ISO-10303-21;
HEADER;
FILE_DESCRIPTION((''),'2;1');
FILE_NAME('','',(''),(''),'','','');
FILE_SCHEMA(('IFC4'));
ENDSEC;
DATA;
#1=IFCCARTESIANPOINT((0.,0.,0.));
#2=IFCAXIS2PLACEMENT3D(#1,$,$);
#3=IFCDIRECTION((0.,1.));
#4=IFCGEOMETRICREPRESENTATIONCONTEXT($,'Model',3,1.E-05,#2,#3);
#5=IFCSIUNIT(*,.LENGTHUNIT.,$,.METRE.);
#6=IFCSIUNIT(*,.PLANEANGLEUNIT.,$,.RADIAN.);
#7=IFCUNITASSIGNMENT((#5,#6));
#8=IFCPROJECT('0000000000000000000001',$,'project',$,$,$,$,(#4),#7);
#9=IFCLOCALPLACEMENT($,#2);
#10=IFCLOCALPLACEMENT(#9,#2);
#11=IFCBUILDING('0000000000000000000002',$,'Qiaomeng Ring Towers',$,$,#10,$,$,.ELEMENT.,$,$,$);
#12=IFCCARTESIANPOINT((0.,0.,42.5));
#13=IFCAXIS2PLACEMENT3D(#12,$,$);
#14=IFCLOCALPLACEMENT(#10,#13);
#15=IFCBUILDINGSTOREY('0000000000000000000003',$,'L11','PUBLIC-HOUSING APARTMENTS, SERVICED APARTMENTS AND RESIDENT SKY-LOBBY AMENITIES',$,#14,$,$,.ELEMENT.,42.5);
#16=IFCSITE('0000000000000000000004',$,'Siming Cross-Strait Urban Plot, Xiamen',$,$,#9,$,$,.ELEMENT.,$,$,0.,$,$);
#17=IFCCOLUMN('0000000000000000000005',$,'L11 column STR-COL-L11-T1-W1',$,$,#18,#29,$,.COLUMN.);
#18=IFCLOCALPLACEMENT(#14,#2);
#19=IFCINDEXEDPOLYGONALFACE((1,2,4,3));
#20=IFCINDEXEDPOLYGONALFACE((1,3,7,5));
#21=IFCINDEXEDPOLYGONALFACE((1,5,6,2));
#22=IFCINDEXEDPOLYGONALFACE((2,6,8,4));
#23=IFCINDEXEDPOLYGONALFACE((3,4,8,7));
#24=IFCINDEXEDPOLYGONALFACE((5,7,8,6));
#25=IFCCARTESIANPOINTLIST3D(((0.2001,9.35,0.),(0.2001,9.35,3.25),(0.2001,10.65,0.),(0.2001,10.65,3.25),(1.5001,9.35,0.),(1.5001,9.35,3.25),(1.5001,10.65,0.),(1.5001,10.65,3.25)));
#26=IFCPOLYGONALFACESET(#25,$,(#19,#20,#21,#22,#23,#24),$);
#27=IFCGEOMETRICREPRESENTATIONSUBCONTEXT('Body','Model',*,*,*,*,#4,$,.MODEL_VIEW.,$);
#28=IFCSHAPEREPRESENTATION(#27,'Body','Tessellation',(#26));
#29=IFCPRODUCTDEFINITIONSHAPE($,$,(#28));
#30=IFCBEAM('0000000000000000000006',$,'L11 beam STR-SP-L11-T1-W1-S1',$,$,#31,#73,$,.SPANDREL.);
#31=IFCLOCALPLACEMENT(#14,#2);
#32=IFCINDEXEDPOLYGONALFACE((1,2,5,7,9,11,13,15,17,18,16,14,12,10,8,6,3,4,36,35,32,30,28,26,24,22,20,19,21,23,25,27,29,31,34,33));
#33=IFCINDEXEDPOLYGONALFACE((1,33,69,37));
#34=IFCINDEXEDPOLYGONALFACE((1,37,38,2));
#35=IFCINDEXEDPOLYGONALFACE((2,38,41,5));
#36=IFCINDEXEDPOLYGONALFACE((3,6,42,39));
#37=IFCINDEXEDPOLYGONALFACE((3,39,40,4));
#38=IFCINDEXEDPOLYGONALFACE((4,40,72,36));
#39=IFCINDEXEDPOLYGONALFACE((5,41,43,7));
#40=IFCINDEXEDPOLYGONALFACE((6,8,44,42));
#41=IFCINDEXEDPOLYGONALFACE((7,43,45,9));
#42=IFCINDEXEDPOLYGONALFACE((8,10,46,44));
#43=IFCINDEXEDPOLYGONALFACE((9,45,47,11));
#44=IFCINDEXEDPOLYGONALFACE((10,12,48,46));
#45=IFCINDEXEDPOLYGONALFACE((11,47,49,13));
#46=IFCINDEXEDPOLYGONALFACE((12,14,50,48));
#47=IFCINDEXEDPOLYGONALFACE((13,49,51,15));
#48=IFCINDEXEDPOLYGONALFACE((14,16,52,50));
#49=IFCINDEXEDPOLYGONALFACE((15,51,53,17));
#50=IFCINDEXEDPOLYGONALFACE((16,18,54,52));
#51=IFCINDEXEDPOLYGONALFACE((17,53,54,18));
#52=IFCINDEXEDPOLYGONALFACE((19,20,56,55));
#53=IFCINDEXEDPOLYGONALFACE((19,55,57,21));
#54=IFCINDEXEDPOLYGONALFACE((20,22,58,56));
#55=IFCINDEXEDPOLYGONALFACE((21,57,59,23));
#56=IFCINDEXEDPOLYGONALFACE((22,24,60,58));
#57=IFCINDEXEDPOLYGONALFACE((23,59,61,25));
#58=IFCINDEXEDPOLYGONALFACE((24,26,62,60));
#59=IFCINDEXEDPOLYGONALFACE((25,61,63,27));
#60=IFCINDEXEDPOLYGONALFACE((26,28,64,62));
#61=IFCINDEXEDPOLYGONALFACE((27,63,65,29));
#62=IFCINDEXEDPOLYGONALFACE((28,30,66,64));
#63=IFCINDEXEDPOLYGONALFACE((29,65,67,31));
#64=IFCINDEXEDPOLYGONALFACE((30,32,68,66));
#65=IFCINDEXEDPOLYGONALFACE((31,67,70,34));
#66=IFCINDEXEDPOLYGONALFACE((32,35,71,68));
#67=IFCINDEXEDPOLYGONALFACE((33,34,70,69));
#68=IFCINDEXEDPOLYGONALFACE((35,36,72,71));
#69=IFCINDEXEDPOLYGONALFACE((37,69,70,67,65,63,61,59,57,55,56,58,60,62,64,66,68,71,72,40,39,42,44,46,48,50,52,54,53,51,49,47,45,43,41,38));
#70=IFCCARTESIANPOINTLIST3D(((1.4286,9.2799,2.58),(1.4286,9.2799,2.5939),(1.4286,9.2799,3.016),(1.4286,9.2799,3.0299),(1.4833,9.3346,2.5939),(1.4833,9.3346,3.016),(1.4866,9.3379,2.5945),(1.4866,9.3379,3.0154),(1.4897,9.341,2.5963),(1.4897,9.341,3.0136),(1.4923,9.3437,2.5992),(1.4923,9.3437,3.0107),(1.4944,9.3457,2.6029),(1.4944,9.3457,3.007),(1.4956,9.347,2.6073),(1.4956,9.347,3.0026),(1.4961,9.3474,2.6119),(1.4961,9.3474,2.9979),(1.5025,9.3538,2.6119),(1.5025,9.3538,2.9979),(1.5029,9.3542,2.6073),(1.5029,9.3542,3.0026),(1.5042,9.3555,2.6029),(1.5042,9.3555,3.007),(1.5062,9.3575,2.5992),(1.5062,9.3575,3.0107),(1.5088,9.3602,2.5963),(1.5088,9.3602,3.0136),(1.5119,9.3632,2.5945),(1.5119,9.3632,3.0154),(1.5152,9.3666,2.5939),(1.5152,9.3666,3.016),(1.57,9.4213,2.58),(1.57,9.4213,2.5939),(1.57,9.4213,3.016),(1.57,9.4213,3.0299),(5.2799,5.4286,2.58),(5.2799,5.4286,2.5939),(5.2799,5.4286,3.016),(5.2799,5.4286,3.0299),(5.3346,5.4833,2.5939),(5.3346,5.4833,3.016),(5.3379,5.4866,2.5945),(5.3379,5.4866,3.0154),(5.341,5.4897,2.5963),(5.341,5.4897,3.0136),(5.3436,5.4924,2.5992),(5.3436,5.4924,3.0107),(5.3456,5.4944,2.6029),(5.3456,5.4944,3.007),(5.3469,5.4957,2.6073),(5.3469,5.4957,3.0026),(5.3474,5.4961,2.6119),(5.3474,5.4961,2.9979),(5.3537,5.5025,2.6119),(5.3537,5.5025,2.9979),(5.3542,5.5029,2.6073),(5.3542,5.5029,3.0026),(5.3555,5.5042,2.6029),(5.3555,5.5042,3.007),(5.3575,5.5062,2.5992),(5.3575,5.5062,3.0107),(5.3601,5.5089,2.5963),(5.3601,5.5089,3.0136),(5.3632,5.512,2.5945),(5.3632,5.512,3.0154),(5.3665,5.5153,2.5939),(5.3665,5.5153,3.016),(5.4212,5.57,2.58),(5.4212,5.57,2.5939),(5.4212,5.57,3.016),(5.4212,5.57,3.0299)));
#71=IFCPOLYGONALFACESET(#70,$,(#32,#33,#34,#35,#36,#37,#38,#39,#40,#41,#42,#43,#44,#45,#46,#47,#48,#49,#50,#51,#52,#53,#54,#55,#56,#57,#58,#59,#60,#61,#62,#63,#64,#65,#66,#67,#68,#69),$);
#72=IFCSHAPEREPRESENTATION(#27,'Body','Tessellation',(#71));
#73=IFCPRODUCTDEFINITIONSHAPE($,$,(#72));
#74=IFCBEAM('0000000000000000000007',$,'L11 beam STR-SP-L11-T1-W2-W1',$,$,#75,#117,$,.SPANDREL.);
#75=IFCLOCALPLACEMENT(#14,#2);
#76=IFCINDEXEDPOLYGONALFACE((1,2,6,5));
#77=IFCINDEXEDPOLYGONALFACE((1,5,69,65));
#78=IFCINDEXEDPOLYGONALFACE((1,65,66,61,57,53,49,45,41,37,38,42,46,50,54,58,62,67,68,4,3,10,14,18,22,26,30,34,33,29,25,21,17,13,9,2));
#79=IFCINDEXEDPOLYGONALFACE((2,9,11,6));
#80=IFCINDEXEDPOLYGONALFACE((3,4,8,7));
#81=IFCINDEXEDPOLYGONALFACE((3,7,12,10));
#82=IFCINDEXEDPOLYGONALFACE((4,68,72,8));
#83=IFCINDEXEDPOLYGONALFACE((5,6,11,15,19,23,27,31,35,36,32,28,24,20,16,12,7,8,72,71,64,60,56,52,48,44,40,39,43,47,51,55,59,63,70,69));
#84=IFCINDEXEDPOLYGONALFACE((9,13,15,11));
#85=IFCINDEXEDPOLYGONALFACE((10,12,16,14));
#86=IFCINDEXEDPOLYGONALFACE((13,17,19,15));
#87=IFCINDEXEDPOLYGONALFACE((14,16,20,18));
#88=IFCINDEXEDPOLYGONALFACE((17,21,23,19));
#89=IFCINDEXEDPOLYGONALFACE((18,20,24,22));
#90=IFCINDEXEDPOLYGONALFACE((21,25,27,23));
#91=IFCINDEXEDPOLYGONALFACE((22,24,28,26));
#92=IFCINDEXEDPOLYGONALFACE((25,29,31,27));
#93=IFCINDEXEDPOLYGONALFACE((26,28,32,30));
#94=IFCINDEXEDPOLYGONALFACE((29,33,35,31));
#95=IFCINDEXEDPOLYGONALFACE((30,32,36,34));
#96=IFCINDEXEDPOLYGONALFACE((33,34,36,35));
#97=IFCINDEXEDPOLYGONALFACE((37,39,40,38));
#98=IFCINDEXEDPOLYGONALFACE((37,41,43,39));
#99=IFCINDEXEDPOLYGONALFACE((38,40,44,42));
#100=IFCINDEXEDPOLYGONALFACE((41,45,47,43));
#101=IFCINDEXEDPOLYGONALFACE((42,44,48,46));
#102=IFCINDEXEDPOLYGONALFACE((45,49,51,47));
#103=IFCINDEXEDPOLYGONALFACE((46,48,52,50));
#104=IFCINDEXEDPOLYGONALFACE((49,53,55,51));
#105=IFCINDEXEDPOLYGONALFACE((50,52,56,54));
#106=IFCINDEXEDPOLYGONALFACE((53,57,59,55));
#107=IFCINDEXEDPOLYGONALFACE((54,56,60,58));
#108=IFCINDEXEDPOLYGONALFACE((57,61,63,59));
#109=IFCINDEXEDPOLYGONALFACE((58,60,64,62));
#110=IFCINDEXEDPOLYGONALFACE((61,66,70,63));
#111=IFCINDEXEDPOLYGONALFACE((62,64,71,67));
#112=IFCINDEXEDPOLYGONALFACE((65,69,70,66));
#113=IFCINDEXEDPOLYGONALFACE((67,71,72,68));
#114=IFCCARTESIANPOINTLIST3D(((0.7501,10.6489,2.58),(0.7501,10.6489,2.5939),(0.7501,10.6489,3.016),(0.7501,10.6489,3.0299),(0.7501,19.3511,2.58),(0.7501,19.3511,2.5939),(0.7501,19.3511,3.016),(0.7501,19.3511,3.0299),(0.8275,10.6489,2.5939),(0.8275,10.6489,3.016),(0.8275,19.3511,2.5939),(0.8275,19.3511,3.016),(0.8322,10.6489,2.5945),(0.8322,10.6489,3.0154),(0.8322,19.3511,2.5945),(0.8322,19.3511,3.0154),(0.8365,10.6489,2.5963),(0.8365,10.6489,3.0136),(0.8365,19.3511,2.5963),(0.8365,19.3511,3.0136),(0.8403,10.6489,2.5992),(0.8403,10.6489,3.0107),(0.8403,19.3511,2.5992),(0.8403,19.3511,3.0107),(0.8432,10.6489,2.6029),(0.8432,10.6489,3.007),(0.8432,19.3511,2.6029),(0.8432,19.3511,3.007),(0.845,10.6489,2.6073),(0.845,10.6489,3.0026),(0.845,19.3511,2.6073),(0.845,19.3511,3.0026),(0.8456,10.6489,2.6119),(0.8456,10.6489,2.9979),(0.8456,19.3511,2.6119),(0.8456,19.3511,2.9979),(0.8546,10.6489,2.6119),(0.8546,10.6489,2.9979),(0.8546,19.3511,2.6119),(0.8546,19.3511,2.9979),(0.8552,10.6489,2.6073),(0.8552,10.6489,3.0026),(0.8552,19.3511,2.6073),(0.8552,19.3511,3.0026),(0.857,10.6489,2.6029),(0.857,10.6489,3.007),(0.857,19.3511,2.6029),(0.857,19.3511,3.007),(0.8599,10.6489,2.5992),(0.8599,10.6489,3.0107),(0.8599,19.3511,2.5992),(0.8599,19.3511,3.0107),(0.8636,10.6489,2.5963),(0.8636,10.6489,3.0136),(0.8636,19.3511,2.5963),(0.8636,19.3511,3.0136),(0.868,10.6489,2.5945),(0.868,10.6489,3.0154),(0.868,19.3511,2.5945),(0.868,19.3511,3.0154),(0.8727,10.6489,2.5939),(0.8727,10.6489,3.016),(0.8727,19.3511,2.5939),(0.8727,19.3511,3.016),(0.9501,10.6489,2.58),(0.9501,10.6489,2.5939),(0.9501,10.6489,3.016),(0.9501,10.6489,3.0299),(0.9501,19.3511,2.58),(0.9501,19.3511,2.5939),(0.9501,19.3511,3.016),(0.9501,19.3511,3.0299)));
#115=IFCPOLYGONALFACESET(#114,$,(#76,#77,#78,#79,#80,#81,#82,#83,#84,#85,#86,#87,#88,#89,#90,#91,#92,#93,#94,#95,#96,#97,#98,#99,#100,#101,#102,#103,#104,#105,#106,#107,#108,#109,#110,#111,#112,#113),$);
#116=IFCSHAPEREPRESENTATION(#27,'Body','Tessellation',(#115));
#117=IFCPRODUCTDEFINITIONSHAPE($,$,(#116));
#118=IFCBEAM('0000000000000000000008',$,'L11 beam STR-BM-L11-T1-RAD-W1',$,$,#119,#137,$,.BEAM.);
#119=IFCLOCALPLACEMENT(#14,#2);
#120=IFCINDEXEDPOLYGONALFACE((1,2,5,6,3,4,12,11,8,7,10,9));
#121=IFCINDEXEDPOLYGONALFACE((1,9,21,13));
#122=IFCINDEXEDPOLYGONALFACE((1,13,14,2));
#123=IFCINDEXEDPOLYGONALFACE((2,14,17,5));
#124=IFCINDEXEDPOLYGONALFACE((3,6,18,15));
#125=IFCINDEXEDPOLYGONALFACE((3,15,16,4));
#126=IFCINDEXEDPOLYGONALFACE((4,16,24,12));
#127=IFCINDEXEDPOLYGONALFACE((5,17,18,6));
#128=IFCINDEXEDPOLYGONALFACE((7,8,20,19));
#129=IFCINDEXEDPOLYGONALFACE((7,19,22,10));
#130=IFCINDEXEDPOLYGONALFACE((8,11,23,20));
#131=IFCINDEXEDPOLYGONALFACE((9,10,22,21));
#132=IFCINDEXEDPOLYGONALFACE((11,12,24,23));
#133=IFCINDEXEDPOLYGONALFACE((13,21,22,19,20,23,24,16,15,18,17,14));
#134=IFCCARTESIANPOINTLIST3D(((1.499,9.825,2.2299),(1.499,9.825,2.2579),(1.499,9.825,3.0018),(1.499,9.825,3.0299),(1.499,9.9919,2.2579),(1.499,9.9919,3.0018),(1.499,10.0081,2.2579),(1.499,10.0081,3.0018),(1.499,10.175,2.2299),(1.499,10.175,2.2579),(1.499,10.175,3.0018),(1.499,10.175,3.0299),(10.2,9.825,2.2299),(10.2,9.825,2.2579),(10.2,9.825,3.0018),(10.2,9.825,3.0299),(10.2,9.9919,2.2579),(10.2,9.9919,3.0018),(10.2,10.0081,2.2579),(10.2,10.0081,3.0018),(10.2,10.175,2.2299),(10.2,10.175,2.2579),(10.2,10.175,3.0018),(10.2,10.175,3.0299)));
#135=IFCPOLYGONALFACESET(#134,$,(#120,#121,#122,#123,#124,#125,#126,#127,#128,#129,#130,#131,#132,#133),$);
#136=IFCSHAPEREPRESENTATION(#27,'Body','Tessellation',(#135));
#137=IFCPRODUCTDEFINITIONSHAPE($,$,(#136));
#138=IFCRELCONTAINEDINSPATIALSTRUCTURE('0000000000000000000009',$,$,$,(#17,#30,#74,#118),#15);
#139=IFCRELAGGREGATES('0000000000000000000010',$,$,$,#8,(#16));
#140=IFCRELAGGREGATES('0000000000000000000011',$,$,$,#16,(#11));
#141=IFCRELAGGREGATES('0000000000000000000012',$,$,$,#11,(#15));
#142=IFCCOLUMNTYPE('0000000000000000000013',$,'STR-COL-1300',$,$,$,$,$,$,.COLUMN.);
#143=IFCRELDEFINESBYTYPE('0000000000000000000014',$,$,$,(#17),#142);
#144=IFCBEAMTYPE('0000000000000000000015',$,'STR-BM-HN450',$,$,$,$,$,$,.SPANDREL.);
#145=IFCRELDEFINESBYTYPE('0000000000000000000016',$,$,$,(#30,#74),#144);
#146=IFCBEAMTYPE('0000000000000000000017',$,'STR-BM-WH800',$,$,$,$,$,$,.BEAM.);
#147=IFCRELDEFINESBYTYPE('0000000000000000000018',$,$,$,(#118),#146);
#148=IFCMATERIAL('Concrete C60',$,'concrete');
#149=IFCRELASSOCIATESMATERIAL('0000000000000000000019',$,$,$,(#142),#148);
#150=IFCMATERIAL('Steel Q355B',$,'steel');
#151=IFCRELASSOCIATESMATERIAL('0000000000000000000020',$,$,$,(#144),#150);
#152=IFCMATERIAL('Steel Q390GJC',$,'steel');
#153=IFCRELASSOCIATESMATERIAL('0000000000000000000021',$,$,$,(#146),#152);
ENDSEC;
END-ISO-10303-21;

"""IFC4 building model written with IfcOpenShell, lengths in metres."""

from ifc_helpers import new_model, si_unit, direction, frame, origin, origin_2d, place, context, subcontext, project, spatial, rectangle, i_section, extrude, source, transform, mapped, material, material_profile, profile_set, type_object, element, save


model = new_model("IFC4")

# Units and contexts
model_context = context("Model", 3, precision=1e-05, world=origin(), true_north=direction((0.0, 1.0)))
body_context = subcontext(model_context, "Body", "Model", "MODEL_VIEW")
ifc_project = project(units=[si_unit("LENGTHUNIT", "METRE"), si_unit("PLANEANGLEUNIT", "RADIAN")], contexts=[model_context])

# Site, building, storey
site_placement = place(None, origin())
site = spatial("IfcSite", under=ifc_project, at=site_placement, Name="Siming Cross-Strait Urban Plot, Xiamen", CompositionType="ELEMENT", RefElevation=0.0)
building_placement = place(site_placement, origin())
building = spatial("IfcBuilding", under=site, at=building_placement, Name="Qiaomeng Ring Towers", CompositionType="ELEMENT")
storey_placement = place(building_placement, frame((0.0, 0.0, 42.5)))
storey = spatial("IfcBuildingStorey", under=building, at=storey_placement, Name="L11", Description="PUBLIC-HOUSING APARTMENTS, SERVICED APARTMENTS AND RESIDENT SKY-LOBBY AMENITIES", CompositionType="ELEMENT", Elevation=42.5)

# Column
ifc_material_1 = material(Name="Concrete C60", Category="concrete")
ifc_material_profile_1 = material_profile(ifc_material_1, rectangle(XDim=1.3, YDim=1.3, at=origin_2d()), Name="RC COL 1300x1300")
ifc_profile_set_1 = profile_set([ifc_material_profile_1], Name="Concrete C60")
column_type = type_object("IfcColumnType", Name="STR-COL-1300", PredefinedType="COLUMN", material=ifc_profile_set_1)
shared_shape_1 = source(origin(), body_context, "Body", "SweptSolid", [
    extrude(rectangle(XDim=1.3, YDim=1.3, at=origin_2d()), origin(), (0.0, 0.0, 1.0), 3.25),
])
column_placement = place(storey_placement, frame((0.8501, 10.0, 0.0), z_axis=(0.0, 0.0, 1.0), x_axis=(1.0, 0.0, 0.0)))
element("IfcColumn", 1, at=column_placement, inside=storey, type_object=column_type, Name="L11 column STR-COL-L11-T1-W1", PredefinedType="COLUMN", context=body_context, shape_type="MappedRepresentation", body=[
    mapped(shared_shape_1, transform((0.0, 0.0, 0.0), x_axis=(1.0, 0.0, 0.0), y_axis=(0.0, 1.0, 0.0), z_axis=(0.0, 0.0, 1.0), scale=1.0)),
])

# Beams
ifc_material_2 = material(Name="Steel Q355B", Category="steel")
ifc_material_profile_2 = material_profile(ifc_material_2, i_section(OverallWidth=0.2, OverallDepth=0.45, WebThickness=0.009, FlangeThickness=0.0139, FilletRadius=0.0181, at=origin_2d()), Name="HN 450x200x9x14")
ifc_profile_set_2 = profile_set([ifc_material_profile_2], Name="Steel Q355B")
beam_type_1 = type_object("IfcBeamType", Name="STR-BM-HN450", PredefinedType="SPANDREL", material=ifc_profile_set_2)
shared_shape_2 = source(origin(), body_context, "Body", "SweptSolid", [
    extrude(i_section(OverallWidth=0.2, OverallDepth=0.45, WebThickness=0.009, FlangeThickness=0.0139, FilletRadius=0.0181, at=origin_2d()), origin(), (0.0, 0.0, 1.0), 5.4465),
])
beam_1_placement = place(storey_placement, frame((1.4993, 9.3506, 2.8049), z_axis=(0.707107, -0.707107, 0.0), x_axis=(0.707107, 0.707107, 0.0)))
element("IfcBeam", 2, at=beam_1_placement, inside=storey, type_object=beam_type_1, Name="L11 beam STR-SP-L11-T1-W1-S1", PredefinedType="SPANDREL", context=body_context, shape_type="MappedRepresentation", body=[
    mapped(shared_shape_2, transform((0.0, 0.0, 0.0), x_axis=(1.0, 0.0, 0.0), y_axis=(0.0, 1.0, 0.0), z_axis=(0.0, 0.0, 1.0), scale=1.0)),
])
shared_shape_3 = source(origin(), body_context, "Body", "SweptSolid", [
    extrude(i_section(OverallWidth=0.2, OverallDepth=0.45, WebThickness=0.009, FlangeThickness=0.0139, FilletRadius=0.0181, at=origin_2d()), origin(), (0.0, 0.0, 1.0), 8.7021),
])
beam_2_placement = place(storey_placement, frame((0.8501, 19.3511, 2.8049), z_axis=(0.0, -1.0, 0.0), x_axis=(1.0, 0.0, 0.0)))
element("IfcBeam", 3, at=beam_2_placement, inside=storey, type_object=beam_type_1, Name="L11 beam STR-SP-L11-T1-W2-W1", PredefinedType="SPANDREL", context=body_context, shape_type="MappedRepresentation", body=[
    mapped(shared_shape_3, transform((0.0, 0.0, 0.0), x_axis=(1.0, 0.0, 0.0), y_axis=(0.0, 1.0, 0.0), z_axis=(0.0, 0.0, 1.0), scale=1.0)),
])
ifc_material_3 = material(Name="Steel Q390GJC", Category="steel")
ifc_material_profile_3 = material_profile(ifc_material_3, i_section(OverallWidth=0.3501, OverallDepth=0.8, WebThickness=0.0161, FlangeThickness=0.0281, at=origin_2d()), Name="WH 800x350x16x28")
ifc_profile_set_3 = profile_set([ifc_material_profile_3], Name="Steel Q390GJC")
beam_type_2 = type_object("IfcBeamType", Name="STR-BM-WH800", PredefinedType="BEAM", material=ifc_profile_set_3)
shared_shape_4 = source(origin(), body_context, "Body", "SweptSolid", [
    extrude(i_section(OverallWidth=0.3501, OverallDepth=0.8, WebThickness=0.0161, FlangeThickness=0.0281, at=origin_2d()), origin(), (0.0, 0.0, 1.0), 8.7009),
])
beam_3_placement = place(storey_placement, frame((1.499, 10.0, 2.6299), z_axis=(1.0, 0.0, 0.0), x_axis=(0.0, 1.0, 0.0)))
element("IfcBeam", 4, at=beam_3_placement, inside=storey, type_object=beam_type_2, Name="L11 beam STR-BM-L11-T1-RAD-W1", PredefinedType="BEAM", context=body_context, shape_type="MappedRepresentation", body=[
    mapped(shared_shape_4, transform((0.0, 0.0, 0.0), x_axis=(1.0, 0.0, 0.0), y_axis=(0.0, 1.0, 0.0), z_axis=(0.0, 0.0, 1.0), scale=1.0)),
])

save(model, "model.ifc")
